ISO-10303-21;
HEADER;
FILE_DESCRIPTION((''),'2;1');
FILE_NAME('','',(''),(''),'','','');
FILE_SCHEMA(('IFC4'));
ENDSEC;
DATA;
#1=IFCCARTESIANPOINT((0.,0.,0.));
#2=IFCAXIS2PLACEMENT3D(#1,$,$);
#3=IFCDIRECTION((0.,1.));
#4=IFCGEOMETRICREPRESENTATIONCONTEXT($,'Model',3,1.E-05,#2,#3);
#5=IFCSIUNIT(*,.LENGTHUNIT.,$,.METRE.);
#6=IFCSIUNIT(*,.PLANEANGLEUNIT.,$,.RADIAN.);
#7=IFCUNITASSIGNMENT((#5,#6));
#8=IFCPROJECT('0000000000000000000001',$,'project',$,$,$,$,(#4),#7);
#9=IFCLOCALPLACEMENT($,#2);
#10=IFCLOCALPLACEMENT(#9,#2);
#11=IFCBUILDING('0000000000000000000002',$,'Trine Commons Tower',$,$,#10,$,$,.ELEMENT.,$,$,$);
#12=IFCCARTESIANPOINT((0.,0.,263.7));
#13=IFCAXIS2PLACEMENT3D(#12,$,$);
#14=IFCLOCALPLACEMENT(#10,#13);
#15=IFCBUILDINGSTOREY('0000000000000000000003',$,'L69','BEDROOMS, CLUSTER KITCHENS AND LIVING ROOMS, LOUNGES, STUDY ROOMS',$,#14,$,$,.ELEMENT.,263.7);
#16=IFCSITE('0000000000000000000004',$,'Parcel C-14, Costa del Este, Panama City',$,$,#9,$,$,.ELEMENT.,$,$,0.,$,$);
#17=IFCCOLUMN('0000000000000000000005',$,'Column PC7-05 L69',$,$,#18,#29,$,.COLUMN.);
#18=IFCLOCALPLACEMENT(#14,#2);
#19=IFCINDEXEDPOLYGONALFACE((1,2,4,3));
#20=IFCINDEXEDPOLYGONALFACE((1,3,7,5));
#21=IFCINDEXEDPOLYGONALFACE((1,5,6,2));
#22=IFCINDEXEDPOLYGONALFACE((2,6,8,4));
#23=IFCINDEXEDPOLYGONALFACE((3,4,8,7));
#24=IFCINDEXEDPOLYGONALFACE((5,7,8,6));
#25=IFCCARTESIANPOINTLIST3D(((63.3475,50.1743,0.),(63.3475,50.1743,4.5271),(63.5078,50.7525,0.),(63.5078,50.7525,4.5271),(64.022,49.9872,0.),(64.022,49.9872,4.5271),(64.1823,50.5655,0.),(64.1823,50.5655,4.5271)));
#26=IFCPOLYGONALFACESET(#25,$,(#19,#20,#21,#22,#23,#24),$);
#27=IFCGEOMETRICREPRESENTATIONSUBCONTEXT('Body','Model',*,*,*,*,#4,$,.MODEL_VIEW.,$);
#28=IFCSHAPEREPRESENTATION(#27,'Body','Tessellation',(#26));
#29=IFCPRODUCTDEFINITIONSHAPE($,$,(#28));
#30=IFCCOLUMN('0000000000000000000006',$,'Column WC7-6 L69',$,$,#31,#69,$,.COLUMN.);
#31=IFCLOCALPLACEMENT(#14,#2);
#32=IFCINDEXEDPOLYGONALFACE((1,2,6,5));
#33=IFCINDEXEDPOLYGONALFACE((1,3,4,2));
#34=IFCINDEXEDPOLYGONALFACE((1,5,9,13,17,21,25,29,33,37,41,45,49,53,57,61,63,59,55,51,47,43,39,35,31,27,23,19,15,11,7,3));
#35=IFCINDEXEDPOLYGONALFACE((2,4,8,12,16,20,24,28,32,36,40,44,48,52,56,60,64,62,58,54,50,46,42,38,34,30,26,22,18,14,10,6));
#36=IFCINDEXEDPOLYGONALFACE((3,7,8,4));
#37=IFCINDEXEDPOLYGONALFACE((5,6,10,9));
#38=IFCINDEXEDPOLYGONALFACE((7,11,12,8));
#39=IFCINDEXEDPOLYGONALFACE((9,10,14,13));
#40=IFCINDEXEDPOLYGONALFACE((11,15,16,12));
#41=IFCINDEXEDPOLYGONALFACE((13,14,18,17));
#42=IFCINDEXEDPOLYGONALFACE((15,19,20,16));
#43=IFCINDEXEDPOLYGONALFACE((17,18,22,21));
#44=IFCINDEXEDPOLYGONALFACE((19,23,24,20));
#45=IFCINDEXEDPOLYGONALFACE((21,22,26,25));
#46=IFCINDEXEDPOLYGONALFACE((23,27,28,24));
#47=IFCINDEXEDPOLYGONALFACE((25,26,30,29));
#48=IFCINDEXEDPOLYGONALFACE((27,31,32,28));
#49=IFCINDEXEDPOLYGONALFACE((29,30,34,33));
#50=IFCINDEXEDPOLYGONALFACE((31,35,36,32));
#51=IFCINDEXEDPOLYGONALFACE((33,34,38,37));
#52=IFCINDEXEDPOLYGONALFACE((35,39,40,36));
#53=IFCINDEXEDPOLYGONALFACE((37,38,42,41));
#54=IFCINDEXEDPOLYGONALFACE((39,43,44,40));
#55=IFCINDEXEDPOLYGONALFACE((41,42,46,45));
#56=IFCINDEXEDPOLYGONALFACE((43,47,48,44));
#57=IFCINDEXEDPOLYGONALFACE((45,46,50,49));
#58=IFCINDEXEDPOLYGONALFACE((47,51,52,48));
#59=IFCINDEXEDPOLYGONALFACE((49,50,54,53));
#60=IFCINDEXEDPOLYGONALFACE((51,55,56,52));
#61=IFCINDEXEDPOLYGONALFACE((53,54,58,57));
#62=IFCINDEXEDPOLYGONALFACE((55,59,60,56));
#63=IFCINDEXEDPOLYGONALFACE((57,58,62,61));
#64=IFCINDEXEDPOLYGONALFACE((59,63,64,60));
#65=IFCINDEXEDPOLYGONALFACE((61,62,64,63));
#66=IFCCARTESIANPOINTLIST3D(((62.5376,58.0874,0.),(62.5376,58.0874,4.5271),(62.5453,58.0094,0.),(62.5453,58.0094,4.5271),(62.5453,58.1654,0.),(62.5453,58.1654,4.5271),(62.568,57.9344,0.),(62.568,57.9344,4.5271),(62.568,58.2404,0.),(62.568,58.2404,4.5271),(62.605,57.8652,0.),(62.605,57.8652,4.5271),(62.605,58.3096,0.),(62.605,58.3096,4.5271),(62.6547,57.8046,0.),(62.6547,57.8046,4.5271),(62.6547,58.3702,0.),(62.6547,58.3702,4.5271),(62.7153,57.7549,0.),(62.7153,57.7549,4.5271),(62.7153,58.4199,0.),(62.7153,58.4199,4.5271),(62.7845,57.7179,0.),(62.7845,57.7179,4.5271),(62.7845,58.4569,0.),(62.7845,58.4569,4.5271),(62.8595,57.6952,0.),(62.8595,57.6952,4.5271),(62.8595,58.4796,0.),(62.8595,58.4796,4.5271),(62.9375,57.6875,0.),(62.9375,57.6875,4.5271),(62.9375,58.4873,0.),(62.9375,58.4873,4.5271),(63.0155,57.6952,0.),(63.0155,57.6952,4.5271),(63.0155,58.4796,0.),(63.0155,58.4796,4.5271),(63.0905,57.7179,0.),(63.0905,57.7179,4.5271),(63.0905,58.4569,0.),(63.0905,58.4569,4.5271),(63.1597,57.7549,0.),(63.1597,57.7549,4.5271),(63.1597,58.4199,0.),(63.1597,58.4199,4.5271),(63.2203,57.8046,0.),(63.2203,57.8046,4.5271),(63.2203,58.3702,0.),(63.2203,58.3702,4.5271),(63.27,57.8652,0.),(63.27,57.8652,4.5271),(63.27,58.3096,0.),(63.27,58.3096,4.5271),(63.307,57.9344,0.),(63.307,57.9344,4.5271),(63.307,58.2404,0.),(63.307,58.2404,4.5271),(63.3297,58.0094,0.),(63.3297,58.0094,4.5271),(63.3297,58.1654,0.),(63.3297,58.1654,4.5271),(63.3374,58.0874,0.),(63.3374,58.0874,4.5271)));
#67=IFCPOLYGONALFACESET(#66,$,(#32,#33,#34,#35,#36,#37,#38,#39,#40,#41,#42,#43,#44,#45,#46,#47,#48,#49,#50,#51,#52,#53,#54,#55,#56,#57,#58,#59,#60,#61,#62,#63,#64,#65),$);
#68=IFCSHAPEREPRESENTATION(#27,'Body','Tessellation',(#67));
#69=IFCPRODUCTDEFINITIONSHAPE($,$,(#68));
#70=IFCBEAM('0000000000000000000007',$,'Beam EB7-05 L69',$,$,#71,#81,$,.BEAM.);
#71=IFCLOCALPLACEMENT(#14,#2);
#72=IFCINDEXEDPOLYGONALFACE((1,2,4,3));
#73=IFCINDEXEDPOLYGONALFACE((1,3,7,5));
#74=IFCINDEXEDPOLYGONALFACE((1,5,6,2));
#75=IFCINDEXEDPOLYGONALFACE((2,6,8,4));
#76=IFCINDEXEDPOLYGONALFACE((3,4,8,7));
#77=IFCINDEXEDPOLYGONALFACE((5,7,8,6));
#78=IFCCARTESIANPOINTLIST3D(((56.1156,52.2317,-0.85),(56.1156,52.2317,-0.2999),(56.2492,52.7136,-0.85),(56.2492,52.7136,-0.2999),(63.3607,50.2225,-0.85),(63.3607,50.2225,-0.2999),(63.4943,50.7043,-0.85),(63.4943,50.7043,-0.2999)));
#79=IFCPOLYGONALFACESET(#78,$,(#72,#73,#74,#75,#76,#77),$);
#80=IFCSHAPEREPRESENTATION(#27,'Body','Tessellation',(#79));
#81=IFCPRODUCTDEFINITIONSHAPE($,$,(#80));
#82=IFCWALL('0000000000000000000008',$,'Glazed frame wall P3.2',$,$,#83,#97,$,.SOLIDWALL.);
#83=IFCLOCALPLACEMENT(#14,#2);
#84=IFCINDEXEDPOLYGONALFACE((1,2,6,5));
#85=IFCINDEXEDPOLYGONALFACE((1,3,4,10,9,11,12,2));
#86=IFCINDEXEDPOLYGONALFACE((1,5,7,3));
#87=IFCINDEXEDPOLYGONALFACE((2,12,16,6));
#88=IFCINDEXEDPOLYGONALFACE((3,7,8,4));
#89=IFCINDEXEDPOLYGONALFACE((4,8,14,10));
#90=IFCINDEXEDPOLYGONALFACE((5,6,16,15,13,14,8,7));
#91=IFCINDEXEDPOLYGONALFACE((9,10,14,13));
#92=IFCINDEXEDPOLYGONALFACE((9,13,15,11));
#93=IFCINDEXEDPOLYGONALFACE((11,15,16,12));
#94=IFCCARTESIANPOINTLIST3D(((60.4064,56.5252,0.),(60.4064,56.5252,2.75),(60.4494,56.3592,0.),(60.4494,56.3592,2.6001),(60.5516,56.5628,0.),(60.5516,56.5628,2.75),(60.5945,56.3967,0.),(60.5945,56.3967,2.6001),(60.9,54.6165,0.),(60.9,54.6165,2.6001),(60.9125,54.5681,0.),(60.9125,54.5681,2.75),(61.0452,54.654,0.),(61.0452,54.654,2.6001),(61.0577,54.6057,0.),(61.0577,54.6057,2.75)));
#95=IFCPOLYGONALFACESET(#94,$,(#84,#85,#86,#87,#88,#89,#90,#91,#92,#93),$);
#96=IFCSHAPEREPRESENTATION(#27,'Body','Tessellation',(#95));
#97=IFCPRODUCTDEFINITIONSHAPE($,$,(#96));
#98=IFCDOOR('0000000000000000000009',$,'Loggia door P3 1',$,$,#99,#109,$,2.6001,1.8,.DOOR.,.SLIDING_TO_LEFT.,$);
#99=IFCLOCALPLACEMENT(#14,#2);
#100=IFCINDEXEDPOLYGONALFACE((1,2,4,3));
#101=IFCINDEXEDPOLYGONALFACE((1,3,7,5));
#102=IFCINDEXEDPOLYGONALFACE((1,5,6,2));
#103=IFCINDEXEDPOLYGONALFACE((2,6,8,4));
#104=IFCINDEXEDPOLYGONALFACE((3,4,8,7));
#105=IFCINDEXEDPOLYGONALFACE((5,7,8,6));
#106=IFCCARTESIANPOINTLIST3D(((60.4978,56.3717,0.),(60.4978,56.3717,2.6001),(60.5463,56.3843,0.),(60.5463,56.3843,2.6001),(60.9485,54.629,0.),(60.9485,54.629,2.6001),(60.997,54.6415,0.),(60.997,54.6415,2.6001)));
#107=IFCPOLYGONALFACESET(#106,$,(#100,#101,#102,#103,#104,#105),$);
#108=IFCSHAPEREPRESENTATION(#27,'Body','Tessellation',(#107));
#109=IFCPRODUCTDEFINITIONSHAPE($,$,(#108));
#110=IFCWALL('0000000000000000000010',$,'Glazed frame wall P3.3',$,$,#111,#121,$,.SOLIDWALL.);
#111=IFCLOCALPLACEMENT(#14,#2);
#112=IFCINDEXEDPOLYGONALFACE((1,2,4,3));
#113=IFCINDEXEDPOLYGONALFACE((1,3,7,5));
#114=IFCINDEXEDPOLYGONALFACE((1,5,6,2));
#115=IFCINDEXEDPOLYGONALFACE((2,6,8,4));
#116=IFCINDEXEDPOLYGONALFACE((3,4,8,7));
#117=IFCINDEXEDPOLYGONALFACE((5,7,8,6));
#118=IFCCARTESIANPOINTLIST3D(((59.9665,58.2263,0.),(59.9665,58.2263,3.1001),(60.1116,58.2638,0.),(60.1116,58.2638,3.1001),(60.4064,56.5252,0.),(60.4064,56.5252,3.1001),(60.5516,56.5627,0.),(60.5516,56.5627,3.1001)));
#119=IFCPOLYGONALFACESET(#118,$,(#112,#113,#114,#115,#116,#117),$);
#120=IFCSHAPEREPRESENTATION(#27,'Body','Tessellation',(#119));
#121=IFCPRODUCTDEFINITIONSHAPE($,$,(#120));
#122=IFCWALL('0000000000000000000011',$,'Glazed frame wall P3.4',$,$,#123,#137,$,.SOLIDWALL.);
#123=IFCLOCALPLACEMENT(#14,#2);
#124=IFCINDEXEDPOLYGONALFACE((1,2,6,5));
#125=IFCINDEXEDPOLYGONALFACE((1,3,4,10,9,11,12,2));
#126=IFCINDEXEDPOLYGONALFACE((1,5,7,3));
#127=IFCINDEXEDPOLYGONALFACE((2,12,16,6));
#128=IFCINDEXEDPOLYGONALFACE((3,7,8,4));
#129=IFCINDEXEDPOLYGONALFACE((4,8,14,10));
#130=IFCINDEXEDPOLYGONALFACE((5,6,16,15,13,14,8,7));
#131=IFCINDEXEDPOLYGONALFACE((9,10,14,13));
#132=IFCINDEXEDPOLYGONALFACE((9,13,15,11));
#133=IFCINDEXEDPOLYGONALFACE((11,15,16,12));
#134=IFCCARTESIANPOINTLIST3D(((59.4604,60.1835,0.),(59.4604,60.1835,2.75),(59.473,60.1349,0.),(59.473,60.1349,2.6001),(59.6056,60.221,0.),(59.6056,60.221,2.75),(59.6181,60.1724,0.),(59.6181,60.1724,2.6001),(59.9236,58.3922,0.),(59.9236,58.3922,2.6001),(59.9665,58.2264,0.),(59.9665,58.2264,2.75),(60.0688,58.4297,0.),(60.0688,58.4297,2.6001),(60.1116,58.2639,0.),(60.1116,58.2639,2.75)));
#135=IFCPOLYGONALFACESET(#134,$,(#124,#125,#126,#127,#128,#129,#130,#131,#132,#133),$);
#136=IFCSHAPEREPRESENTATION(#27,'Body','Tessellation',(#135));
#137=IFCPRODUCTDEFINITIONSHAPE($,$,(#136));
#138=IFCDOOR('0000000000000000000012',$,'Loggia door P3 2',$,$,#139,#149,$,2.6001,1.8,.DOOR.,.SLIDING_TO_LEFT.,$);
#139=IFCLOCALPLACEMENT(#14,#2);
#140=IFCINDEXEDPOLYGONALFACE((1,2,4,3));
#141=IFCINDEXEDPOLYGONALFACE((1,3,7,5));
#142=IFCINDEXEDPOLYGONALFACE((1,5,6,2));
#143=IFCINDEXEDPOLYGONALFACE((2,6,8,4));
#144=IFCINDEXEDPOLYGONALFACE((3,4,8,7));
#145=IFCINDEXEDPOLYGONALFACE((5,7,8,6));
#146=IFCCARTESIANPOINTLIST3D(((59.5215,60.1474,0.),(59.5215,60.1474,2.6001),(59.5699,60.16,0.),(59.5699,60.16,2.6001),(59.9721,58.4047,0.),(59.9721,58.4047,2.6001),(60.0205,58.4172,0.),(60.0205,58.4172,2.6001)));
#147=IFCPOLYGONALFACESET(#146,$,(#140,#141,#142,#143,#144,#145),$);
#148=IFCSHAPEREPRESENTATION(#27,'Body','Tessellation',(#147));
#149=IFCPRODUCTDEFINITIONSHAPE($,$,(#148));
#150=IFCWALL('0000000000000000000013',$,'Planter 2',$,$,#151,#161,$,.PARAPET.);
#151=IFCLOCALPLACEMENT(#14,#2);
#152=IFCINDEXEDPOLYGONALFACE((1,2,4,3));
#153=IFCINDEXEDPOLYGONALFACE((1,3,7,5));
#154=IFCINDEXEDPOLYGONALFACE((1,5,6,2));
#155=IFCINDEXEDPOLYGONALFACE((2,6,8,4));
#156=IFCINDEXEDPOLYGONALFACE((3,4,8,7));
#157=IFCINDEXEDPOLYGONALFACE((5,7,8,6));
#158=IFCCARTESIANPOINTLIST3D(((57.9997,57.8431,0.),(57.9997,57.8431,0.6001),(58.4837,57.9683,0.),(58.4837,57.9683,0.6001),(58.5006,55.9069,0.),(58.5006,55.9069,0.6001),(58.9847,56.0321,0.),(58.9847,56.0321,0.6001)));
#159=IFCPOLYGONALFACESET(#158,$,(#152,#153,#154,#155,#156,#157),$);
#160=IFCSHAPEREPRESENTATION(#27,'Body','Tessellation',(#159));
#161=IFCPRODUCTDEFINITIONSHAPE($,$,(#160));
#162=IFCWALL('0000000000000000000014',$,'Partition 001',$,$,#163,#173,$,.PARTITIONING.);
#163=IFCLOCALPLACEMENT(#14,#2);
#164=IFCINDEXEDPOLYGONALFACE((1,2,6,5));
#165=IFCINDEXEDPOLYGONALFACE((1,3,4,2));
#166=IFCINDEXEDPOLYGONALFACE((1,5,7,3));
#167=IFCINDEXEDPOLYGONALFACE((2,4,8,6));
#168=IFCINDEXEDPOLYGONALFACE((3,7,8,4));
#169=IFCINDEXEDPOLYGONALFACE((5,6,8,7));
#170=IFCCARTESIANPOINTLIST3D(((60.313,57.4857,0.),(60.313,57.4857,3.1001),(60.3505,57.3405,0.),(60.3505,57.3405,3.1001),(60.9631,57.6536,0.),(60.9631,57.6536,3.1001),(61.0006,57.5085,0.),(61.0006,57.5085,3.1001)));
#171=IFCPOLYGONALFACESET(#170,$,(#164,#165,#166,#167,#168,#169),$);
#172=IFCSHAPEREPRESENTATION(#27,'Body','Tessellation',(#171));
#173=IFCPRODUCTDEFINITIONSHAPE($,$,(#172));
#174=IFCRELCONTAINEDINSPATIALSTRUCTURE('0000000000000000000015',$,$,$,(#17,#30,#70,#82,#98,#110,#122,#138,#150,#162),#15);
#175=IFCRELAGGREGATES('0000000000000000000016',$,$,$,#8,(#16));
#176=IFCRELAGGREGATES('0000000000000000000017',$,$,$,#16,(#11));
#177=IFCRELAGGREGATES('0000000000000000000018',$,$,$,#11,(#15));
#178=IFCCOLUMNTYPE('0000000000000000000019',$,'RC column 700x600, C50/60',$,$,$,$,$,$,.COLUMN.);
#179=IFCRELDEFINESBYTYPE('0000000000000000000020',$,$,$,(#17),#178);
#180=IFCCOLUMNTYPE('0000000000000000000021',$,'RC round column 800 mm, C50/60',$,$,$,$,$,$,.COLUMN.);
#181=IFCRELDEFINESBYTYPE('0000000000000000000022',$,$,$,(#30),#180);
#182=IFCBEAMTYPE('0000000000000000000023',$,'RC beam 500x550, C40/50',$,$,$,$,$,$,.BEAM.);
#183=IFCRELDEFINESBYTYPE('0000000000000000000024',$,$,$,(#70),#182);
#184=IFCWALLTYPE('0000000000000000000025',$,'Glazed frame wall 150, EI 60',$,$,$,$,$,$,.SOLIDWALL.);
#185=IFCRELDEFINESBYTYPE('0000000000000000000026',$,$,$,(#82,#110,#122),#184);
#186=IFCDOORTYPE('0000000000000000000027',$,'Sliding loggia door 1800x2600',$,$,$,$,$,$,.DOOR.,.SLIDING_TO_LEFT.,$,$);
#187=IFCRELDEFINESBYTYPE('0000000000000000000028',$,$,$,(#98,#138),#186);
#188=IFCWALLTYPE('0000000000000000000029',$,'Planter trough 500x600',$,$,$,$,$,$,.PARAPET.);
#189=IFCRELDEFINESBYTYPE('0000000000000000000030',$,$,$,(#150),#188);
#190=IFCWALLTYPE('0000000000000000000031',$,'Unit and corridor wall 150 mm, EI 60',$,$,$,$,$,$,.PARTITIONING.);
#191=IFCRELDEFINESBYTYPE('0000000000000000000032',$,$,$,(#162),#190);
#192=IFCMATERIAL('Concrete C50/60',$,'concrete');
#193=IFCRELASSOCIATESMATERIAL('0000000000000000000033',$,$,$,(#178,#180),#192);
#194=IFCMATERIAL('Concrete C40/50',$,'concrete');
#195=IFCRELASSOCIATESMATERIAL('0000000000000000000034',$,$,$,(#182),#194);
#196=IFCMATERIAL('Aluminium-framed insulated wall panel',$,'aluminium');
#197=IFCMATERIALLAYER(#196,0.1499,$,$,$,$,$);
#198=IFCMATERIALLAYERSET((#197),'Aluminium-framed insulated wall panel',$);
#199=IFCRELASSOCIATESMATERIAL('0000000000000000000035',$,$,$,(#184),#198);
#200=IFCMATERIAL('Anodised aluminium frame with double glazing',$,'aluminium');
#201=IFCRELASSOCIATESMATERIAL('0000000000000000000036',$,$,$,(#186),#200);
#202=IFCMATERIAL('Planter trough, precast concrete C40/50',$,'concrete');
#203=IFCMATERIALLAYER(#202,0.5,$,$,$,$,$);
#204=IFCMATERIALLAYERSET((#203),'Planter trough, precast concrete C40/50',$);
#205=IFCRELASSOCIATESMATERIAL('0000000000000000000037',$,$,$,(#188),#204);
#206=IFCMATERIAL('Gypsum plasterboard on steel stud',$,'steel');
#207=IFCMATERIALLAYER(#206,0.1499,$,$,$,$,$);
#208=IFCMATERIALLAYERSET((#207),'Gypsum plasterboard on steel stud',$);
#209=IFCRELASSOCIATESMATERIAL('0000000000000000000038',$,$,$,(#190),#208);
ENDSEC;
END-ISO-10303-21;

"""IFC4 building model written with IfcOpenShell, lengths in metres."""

from ifc_helpers import new_model, si_unit, direction, frame, frame_2d, origin, origin_2d, place, context, subcontext, project, spatial, polyline, rectangle, circle, outline, extrude, material, layer, layer_set, material_profile, profile_set, type_object, element, fill, save


model = new_model("IFC4")

# Units and contexts
model_context = context("Model", 3, precision=1e-05, world=origin(), true_north=direction((0.0, 1.0)))
body_context = subcontext(model_context, "Body", "Model", "MODEL_VIEW")
ifc_project = project(units=[si_unit("LENGTHUNIT", "METRE"), si_unit("PLANEANGLEUNIT", "RADIAN")], contexts=[model_context])

# Site, building, storey
site_placement = place(None, origin())
site = spatial("IfcSite", under=ifc_project, at=site_placement, Name="Parcel C-14, Costa del Este, Panama City", CompositionType="ELEMENT", RefElevation=0.0)
building_placement = place(site_placement, origin())
building = spatial("IfcBuilding", under=site, at=building_placement, Name="Trine Commons Tower", CompositionType="ELEMENT")
storey_placement = place(building_placement, frame((0.0, 0.0, 263.7)))
storey = spatial("IfcBuildingStorey", under=building, at=storey_placement, Name="L69", Description="BEDROOMS, CLUSTER KITCHENS AND LIVING ROOMS, LOUNGES, STUDY ROOMS", CompositionType="ELEMENT", Elevation=263.7)

# Columns
ifc_material_1 = material(Name="Concrete C50/60", Category="concrete")
ifc_material_profile_1 = material_profile(ifc_material_1, rectangle(XDim=0.7, YDim=0.6001, at=origin_2d()), Name="RC 700x600")
ifc_profile_set_1 = profile_set([ifc_material_profile_1], Name="Concrete C50/60")
column_type_1 = type_object("IfcColumnType", Name="RC column 700x600, C50/60", PredefinedType="COLUMN", material=ifc_profile_set_1)
column_1_placement = place(storey_placement, frame((63.7649, 50.3699, 0.0), z_axis=(0.0, 0.0, 1.0), x_axis=(-0.96363, 0.267238, 0.0)))
element("IfcColumn", 1, at=column_1_placement, inside=storey, type_object=column_type_1, Name="Column PC7-05 L69", PredefinedType="COLUMN", context=body_context, shape_type="SweptSolid", body=[
    extrude(rectangle(XDim=0.7, YDim=0.6001, at=origin_2d()), origin(), (0.0, 0.0, 1.0), 4.5271),
])
ifc_material_profile_2 = material_profile(ifc_material_1, circle(Radius=0.3999, at=origin_2d()), Name="RC round 800")
ifc_profile_set_2 = profile_set([ifc_material_profile_2], Name="Concrete C50/60")
column_type_2 = type_object("IfcColumnType", Name="RC round column 800 mm, C50/60", PredefinedType="COLUMN", material=ifc_profile_set_2)
column_2_placement = place(storey_placement, frame((62.9375, 58.0874, 0.0), z_axis=(0.0, 0.0, 1.0), x_axis=(1.0, 0.0, 0.0)))
element("IfcColumn", 2, at=column_2_placement, inside=storey, type_object=column_type_2, Name="Column WC7-6 L69", PredefinedType="COLUMN", context=body_context, shape_type="SweptSolid", body=[
    extrude(circle(Radius=0.3999, at=origin_2d()), origin(), (0.0, 0.0, 1.0), 4.5271),
])

# Beam
ifc_material_2 = material(Name="Concrete C40/50", Category="concrete")
ifc_material_profile_3 = material_profile(ifc_material_2, rectangle(XDim=0.5, YDim=0.55, at=origin_2d()), Name="RC 500x550")
ifc_profile_set_3 = profile_set([ifc_material_profile_3], Name="Concrete C40/50")
beam_type = type_object("IfcBeamType", Name="RC beam 500x550, C40/50", PredefinedType="BEAM", material=ifc_profile_set_3)
beam_placement = place(storey_placement, frame((63.4275, 50.4634, -0.575), z_axis=(-0.963629, 0.267242, 0.0), x_axis=(-0.267242, -0.963629, 0.0)))
element("IfcBeam", 3, at=beam_placement, inside=storey, type_object=beam_type, Name="Beam EB7-05 L69", PredefinedType="BEAM", context=body_context, shape_type="SweptSolid", body=[
    extrude(rectangle(XDim=0.5, YDim=0.55, at=origin_2d()), origin(), (0.0, 0.0, 1.0), 7.5186),
])

# Shared definitions
ifc_material_3 = material(Name="Aluminium-framed insulated wall panel", Category="aluminium")
ifc_layer_1 = layer(ifc_material_3, 0.1499)
ifc_layer_set_1 = layer_set([ifc_layer_1], Name="Aluminium-framed insulated wall panel")
wall_type_1 = type_object("IfcWallType", Name="Glazed frame wall 150, EI 60", PredefinedType="SOLIDWALL", material=ifc_layer_set_1)

# Wall, opening, door
wall_1_placement = place(storey_placement, frame((60.9851, 54.5869, 0.0), z_axis=(0.0, 0.0, 1.0), x_axis=(-0.250371, 0.96815, 0.0)))
wall_1 = element("IfcWall", 4, at=wall_1_placement, inside=storey, type_object=wall_type_1, Name="Glazed frame wall P3.2", PredefinedType="SOLIDWALL", context=body_context, shape_type="SweptSolid", body=[
    extrude(outline(polyline([(0.0, -0.075), (2.0215, -0.075), (2.0215, 0.075), (0.0, 0.075), (0.0, -0.075)])), origin(), (0.0, 0.0, 1.0), 2.75),
])
opening_1_placement = place(wall_1_placement, frame((0.05, 0.0, 0.0)))
opening_1 = element("IfcOpeningElement", 5, at=opening_1_placement, cuts=wall_1, PredefinedType="OPENING", context=body_context, shape_type="SweptSolid", body=[
    extrude(rectangle(XDim=1.8, YDim=2.6001, at=frame_2d((0.8999, 1.3))), frame((0.0, 0.085, 0.0), z_axis=(0.0, -1.0, 0.0), x_axis=(1.0, 0.0, 0.0)), (0.0, 0.0, 1.0), 0.1699),
])
ifc_material_4 = material(Name="Anodised aluminium frame with double glazing", Category="aluminium")
door_type_1 = type_object("IfcDoorType", Name="Sliding loggia door 1800x2600", OperationType="SLIDING_TO_LEFT", PredefinedType="DOOR", material=ifc_material_4)
door_1_placement = place(opening_1_placement, origin())
door_1 = element("IfcDoor", 6, at=door_1_placement, inside=storey, type_object=door_type_1, Name="Loggia door P3 1", OperationType="SLIDING_TO_LEFT", OverallHeight=2.6001, OverallWidth=1.8, PredefinedType="DOOR", context=body_context, shape_type="SweptSolid", body=[
    extrude(rectangle(XDim=1.8, YDim=2.6001, at=frame_2d((0.8999, 1.3))), frame((0.0, 0.0249, 0.0), z_axis=(0.0, -1.0, 0.0), x_axis=(1.0, 0.0, 0.0)), (0.0, 0.0, 1.0), 0.05),
])
fill(opening_1, door_1)

# Wall
wall_2_placement = place(storey_placement, frame((60.479, 56.5439, 0.0), z_axis=(0.0, 0.0, 1.0), x_axis=(-0.250374, 0.968149, 0.0)))
element("IfcWall", 7, at=wall_2_placement, inside=storey, type_object=wall_type_1, Name="Glazed frame wall P3.3", PredefinedType="SOLIDWALL", context=body_context, shape_type="SweptSolid", body=[
    extrude(outline(polyline([(0.0, -0.075), (1.7571, -0.075), (1.7571, 0.075), (0.0, 0.075), (0.0, -0.075)])), origin(), (0.0, 0.0, 1.0), 3.1001),
])

# Wall, opening, door
wall_3_placement = place(storey_placement, frame((60.0391, 58.2451, 0.0), z_axis=(0.0, 0.0, 1.0), x_axis=(-0.250342, 0.968158, 0.0)))
wall_3 = element("IfcWall", 8, at=wall_3_placement, inside=storey, type_object=wall_type_1, Name="Glazed frame wall P3.4", PredefinedType="SOLIDWALL", context=body_context, shape_type="SweptSolid", body=[
    extrude(outline(polyline([(0.0, -0.075), (2.0215, -0.075), (2.0215, 0.075), (0.0, 0.075), (0.0, -0.075)])), origin(), (0.0, 0.0, 1.0), 2.75),
])
opening_2_placement = place(wall_3_placement, frame((0.1714, 0.0, 0.0)))
opening_2 = element("IfcOpeningElement", 9, at=opening_2_placement, cuts=wall_3, PredefinedType="OPENING", context=body_context, shape_type="SweptSolid", body=[
    extrude(rectangle(XDim=1.8, YDim=2.6001, at=frame_2d((0.8999, 1.3))), frame((0.0, 0.085, 0.0), z_axis=(0.0, -1.0, 0.0), x_axis=(1.0, 0.0, 0.0)), (0.0, 0.0, 1.0), 0.1699),
])
door_2_placement = place(opening_2_placement, origin())
door_2 = element("IfcDoor", 10, at=door_2_placement, inside=storey, type_object=door_type_1, Name="Loggia door P3 2", OperationType="SLIDING_TO_LEFT", OverallHeight=2.6001, OverallWidth=1.8, PredefinedType="DOOR", context=body_context, shape_type="SweptSolid", body=[
    extrude(rectangle(XDim=1.8, YDim=2.6001, at=frame_2d((0.8999, 1.3))), frame((0.0, 0.0249, 0.0), z_axis=(0.0, -1.0, 0.0), x_axis=(1.0, 0.0, 0.0)), (0.0, 0.0, 1.0), 0.05),
])
fill(opening_2, door_2)

# Walls
ifc_material_5 = material(Name="Planter trough, precast concrete C40/50", Category="concrete")
ifc_layer_2 = layer(ifc_material_5, 0.5)
ifc_layer_set_2 = layer_set([ifc_layer_2], Name="Planter trough, precast concrete C40/50")
wall_type_2 = type_object("IfcWallType", Name="Planter trough 500x600", PredefinedType="PARAPET", material=ifc_layer_set_2)
wall_4_placement = place(storey_placement, frame((58.7427, 55.9695, 0.0), z_axis=(0.0, 0.0, 1.0), x_axis=(-0.250483, 0.968121, 0.0)))
element("IfcWall", 11, at=wall_4_placement, inside=storey, type_object=wall_type_2, Name="Planter 2", PredefinedType="PARAPET", context=body_context, shape_type="SweptSolid", body=[
    extrude(rectangle(XDim=2.0, YDim=0.5, at=frame_2d((1.0, 0.0))), origin(), (0.0, 0.0, 1.0), 0.6001),
])
ifc_material_6 = material(Name="Gypsum plasterboard on steel stud", Category="steel")
ifc_layer_3 = layer(ifc_material_6, 0.1499)
ifc_layer_set_3 = layer_set([ifc_layer_3], Name="Gypsum plasterboard on steel stud")
wall_type_3 = type_object("IfcWallType", Name="Unit and corridor wall 150 mm, EI 60", PredefinedType="PARTITIONING", material=ifc_layer_set_3)
wall_5_placement = place(storey_placement, frame((60.3318, 57.4131, 0.0), z_axis=(0.0, 0.0, 1.0), x_axis=(0.968209, 0.250142, 0.0)))
element("IfcWall", 12, at=wall_5_placement, inside=storey, type_object=wall_type_3, Name="Partition 001", PredefinedType="PARTITIONING", context=body_context, shape_type="SweptSolid", body=[
    extrude(rectangle(XDim=0.6714, YDim=0.1499, at=frame_2d((0.3357, 0.0))), origin(), (0.0, 0.0, 1.0), 3.1001),
])

save(model, "model.ifc")
